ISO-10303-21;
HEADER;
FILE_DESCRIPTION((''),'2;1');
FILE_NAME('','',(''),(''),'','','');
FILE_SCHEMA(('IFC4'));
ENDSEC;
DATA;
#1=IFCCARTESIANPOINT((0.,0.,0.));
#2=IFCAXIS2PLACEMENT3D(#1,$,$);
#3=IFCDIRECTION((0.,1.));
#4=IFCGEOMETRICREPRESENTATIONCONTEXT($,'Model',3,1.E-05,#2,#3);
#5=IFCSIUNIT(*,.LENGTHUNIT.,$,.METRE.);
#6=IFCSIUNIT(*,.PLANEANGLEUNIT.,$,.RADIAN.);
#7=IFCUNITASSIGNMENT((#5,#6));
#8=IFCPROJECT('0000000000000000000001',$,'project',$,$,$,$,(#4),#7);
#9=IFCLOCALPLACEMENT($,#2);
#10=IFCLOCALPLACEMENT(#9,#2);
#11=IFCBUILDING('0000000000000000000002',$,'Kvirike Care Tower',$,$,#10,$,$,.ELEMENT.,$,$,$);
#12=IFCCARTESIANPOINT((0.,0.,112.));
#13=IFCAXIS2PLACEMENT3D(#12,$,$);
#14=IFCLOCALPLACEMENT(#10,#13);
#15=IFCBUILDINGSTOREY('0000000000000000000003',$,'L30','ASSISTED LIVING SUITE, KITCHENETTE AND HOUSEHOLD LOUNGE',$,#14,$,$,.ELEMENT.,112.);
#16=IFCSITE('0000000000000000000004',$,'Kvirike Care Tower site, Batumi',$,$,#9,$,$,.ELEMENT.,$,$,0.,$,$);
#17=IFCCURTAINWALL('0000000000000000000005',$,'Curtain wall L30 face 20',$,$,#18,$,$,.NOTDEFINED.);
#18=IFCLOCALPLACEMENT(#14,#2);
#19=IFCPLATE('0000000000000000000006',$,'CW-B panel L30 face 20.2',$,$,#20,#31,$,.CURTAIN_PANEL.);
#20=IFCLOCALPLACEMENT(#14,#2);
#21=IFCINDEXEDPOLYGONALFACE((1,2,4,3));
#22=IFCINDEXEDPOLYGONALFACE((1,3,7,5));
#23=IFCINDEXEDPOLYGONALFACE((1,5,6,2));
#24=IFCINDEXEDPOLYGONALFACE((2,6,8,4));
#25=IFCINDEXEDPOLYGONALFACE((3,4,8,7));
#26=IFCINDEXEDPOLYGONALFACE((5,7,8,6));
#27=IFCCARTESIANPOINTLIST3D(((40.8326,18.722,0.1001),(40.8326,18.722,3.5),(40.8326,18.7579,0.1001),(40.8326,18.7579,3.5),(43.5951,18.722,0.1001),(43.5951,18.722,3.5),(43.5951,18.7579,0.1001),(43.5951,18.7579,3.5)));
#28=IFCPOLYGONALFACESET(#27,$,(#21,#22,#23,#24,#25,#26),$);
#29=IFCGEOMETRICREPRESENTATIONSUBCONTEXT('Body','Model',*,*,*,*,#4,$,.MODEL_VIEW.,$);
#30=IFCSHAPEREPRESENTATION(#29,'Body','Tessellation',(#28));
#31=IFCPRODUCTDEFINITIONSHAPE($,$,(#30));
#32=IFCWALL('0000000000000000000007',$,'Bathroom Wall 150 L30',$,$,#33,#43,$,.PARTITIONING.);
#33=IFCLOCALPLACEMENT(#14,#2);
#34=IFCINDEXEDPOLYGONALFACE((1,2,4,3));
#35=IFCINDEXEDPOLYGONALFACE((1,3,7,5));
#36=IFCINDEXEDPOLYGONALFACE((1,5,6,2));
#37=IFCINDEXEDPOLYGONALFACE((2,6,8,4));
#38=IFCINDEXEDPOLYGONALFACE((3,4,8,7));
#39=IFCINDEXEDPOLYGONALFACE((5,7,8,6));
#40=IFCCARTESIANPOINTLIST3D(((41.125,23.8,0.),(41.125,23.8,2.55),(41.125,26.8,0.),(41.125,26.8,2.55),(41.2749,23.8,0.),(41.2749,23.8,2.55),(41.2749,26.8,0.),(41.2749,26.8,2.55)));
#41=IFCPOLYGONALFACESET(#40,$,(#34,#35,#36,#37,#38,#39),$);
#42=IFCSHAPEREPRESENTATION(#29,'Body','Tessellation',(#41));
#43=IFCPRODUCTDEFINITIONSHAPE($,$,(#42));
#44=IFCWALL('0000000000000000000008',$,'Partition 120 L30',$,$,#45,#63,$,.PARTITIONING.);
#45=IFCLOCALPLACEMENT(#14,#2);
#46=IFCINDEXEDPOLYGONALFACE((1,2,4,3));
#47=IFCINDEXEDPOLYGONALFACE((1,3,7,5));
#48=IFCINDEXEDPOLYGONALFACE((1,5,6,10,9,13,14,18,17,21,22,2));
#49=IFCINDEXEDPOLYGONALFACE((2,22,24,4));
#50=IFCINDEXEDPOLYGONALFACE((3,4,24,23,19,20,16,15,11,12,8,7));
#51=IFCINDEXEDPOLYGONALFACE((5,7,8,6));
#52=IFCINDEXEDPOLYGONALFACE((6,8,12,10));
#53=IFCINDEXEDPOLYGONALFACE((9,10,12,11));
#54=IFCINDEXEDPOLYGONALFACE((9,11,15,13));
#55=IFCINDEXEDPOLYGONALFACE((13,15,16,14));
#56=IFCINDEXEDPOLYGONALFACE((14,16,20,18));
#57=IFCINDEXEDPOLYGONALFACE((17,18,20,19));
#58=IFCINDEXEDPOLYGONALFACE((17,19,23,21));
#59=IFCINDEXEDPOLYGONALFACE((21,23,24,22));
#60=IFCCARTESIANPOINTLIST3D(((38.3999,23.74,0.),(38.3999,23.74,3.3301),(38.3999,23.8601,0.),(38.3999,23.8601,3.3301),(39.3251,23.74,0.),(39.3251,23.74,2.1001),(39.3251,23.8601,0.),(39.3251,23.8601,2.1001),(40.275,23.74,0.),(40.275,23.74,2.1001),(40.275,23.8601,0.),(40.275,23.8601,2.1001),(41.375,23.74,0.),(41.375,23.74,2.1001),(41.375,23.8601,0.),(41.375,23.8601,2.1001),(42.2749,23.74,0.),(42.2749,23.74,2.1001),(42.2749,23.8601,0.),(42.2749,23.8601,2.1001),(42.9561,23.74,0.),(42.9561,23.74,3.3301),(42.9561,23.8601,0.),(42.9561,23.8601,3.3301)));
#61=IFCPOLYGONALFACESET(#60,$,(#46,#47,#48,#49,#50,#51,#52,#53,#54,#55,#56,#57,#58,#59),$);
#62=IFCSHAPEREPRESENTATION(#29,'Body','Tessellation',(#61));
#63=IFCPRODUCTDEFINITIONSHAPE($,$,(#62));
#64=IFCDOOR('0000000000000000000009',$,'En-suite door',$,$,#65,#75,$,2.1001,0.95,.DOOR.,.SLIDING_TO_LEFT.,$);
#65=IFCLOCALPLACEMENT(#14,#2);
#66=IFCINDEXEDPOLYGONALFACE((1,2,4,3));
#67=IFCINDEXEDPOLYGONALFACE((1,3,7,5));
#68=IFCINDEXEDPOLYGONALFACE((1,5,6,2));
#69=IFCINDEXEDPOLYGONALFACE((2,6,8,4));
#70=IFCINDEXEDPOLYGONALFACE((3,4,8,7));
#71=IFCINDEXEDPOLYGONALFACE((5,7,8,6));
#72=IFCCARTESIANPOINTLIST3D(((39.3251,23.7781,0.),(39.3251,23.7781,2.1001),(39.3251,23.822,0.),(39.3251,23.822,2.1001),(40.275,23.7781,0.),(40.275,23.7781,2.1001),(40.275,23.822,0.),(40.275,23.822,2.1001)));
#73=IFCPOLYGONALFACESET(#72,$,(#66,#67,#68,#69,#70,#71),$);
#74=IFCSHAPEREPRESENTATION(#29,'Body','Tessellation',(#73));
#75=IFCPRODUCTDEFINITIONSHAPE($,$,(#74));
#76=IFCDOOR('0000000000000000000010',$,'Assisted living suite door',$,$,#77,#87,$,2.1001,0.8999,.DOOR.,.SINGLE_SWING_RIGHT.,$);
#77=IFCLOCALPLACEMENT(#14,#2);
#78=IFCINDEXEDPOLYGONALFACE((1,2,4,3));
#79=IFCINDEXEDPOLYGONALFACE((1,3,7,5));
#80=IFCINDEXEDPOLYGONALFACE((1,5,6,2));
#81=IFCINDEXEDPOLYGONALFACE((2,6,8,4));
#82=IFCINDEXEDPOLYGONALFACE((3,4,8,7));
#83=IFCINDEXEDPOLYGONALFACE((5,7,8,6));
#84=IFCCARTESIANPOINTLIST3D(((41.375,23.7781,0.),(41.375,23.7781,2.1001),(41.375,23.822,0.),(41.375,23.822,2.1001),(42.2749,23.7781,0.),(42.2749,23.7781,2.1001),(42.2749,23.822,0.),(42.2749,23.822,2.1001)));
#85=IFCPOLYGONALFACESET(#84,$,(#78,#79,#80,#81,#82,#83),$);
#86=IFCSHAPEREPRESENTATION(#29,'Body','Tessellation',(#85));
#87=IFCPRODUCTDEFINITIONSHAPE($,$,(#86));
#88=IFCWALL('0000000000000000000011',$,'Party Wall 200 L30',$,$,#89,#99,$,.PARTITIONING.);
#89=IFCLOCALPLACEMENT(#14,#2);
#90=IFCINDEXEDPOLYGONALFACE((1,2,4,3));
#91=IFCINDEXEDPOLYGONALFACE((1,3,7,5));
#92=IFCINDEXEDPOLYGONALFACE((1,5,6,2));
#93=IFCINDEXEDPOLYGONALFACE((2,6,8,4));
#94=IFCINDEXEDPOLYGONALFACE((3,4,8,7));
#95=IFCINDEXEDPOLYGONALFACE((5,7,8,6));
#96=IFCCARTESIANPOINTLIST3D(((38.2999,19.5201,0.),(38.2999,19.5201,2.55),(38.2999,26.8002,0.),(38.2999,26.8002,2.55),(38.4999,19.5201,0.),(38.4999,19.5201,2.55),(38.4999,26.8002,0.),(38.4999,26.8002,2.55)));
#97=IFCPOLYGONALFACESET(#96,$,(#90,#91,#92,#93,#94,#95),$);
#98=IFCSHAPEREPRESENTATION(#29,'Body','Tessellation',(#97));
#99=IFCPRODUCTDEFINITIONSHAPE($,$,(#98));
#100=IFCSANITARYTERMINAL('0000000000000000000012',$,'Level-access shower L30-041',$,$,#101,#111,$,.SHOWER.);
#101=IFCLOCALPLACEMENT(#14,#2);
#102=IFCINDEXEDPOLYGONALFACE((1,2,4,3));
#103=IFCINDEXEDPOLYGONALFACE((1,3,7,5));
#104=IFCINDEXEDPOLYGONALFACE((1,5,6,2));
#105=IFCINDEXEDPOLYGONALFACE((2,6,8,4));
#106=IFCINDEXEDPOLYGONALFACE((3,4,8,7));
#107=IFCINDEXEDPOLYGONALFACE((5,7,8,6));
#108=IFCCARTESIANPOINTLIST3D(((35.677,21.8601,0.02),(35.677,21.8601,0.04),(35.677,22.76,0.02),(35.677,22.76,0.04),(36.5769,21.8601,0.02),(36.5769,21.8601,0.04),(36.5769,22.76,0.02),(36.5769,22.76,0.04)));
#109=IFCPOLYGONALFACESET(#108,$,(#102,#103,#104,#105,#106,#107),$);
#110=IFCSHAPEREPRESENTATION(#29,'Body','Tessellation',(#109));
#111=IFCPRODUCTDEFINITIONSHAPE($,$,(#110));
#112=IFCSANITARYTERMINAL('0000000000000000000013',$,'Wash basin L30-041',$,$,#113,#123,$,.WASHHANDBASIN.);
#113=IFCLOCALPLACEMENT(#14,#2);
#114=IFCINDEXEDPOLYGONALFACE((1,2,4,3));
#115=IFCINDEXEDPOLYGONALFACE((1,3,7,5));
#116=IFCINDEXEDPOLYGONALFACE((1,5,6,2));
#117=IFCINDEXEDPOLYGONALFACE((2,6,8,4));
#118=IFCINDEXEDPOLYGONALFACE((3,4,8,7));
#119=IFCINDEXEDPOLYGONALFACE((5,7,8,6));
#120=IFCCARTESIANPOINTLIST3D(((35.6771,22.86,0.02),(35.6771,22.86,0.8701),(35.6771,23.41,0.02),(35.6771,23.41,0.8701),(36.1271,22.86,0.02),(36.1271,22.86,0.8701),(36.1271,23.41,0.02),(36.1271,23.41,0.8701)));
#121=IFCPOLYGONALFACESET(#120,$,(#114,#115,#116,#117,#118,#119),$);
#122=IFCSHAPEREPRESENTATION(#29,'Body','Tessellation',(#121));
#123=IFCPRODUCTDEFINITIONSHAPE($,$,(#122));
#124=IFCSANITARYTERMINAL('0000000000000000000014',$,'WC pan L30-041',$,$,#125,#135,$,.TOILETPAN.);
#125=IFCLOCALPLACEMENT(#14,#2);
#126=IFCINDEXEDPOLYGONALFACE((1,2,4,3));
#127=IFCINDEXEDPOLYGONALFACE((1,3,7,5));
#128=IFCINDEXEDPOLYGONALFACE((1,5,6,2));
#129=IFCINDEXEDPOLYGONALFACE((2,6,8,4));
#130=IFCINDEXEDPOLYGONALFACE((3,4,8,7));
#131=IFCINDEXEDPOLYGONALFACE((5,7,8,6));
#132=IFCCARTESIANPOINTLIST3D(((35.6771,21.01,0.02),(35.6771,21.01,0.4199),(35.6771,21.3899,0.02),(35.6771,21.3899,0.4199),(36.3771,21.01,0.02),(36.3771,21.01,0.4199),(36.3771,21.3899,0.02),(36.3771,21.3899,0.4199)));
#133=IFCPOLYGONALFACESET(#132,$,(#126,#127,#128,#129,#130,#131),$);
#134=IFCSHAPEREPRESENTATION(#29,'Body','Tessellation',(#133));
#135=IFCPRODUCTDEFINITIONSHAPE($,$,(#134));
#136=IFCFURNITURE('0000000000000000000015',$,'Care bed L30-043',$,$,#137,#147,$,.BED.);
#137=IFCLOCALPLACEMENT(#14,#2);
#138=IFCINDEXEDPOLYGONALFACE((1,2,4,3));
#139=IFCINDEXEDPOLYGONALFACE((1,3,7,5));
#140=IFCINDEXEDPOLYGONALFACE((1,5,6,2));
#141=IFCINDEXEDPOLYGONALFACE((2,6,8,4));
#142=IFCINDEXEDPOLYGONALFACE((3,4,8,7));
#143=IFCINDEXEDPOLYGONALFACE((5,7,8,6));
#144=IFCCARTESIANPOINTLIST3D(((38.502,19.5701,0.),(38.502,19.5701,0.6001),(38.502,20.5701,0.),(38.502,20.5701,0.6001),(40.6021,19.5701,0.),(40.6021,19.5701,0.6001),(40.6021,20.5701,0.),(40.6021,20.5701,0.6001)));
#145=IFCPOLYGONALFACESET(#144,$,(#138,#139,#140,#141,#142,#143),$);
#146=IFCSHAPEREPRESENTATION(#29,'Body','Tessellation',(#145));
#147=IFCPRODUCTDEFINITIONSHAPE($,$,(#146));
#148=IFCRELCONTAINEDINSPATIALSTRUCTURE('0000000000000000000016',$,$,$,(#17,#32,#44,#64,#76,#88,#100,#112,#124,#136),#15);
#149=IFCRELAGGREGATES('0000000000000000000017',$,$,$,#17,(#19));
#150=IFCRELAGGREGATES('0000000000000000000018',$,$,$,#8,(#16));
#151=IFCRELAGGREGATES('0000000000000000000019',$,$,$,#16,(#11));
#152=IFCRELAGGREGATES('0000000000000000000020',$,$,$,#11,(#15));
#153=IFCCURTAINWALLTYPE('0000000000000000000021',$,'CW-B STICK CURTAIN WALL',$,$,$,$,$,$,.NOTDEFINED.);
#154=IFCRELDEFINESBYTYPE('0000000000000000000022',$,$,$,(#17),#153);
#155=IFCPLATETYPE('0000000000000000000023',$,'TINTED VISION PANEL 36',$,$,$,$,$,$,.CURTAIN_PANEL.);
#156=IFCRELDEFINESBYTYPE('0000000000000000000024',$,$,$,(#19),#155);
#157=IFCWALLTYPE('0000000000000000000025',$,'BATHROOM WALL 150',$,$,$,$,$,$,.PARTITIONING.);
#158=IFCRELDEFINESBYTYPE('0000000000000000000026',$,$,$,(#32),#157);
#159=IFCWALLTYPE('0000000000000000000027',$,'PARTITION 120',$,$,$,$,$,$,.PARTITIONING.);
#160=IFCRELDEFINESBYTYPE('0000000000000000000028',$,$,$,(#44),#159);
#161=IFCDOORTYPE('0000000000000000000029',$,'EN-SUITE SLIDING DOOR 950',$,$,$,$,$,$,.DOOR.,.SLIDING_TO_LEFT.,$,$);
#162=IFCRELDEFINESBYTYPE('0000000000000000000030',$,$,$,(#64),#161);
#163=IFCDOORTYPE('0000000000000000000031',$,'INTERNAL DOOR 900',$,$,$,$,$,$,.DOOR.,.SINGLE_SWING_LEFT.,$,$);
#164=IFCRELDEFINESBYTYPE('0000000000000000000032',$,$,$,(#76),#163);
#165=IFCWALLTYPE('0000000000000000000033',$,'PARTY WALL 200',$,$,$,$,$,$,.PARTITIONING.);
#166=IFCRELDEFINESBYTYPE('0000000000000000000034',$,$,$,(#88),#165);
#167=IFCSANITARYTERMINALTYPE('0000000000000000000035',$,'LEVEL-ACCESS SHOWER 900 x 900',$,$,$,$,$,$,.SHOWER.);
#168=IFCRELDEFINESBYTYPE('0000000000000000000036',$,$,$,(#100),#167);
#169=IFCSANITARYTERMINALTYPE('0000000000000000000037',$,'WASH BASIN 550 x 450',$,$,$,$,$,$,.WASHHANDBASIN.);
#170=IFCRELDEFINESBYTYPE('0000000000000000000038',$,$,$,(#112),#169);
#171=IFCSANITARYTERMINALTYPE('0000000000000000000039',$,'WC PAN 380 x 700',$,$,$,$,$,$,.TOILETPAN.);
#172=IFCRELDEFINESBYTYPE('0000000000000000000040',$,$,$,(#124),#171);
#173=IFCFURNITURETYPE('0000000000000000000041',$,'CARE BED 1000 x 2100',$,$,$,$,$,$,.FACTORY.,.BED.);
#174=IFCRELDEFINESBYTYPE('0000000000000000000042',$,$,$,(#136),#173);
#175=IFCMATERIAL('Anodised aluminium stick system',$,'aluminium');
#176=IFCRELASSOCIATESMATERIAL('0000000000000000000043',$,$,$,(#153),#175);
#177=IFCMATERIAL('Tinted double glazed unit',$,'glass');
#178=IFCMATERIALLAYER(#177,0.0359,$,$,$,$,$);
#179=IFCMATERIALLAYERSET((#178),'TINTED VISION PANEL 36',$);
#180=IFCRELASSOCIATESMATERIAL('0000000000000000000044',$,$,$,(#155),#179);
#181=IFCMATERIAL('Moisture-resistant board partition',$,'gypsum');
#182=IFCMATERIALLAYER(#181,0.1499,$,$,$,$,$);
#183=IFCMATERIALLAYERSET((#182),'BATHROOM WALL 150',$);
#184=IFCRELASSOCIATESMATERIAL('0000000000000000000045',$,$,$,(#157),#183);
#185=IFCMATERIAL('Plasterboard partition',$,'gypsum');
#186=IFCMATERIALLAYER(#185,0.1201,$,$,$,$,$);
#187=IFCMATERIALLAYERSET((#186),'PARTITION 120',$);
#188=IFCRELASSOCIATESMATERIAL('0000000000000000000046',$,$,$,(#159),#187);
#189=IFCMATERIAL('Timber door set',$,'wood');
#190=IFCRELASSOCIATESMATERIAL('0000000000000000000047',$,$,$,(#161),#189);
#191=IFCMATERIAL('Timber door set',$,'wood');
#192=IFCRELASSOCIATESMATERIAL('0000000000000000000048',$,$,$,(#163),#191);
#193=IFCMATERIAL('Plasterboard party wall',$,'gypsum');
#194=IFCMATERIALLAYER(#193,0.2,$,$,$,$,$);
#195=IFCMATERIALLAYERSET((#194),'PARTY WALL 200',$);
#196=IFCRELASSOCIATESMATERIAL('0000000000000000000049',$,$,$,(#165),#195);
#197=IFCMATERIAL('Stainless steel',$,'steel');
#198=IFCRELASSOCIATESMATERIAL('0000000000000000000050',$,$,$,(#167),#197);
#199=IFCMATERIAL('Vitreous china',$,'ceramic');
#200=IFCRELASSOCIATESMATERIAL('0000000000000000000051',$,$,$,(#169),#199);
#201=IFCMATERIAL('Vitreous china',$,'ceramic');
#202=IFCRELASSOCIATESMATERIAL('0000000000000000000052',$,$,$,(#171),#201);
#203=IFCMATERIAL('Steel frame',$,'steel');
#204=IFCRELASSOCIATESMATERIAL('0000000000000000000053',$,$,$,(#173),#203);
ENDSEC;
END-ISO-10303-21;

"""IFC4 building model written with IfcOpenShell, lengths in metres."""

from ifc_helpers import new_model, si_unit, direction, frame, frame_2d, origin, origin_2d, place, context, subcontext, project, spatial, rectangle, extrude, material, layer, layer_set, type_object, element, fill, aggregate, save


model = new_model("IFC4")

# Units and contexts
model_context = context("Model", 3, precision=1e-05, world=origin(), true_north=direction((0.0, 1.0)))
body_context = subcontext(model_context, "Body", "Model", "MODEL_VIEW")
ifc_project = project(units=[si_unit("LENGTHUNIT", "METRE"), si_unit("PLANEANGLEUNIT", "RADIAN")], contexts=[model_context])

# Site, building, storey
site_placement = place(None, origin())
site = spatial("IfcSite", under=ifc_project, at=site_placement, Name="Kvirike Care Tower site, Batumi", CompositionType="ELEMENT", RefElevation=0.0)
building_placement = place(site_placement, origin())
building = spatial("IfcBuilding", under=site, at=building_placement, Name="Kvirike Care Tower", CompositionType="ELEMENT")
storey_placement = place(building_placement, frame((0.0, 0.0, 112.0)))
storey = spatial("IfcBuildingStorey", under=building, at=storey_placement, Name="L30", Description="ASSISTED LIVING SUITE, KITCHENETTE AND HOUSEHOLD LOUNGE", CompositionType="ELEMENT", Elevation=112.0)

# Shared definitions
ifc_material_1 = material(Name="Anodised aluminium stick system", Category="aluminium")
curtain_wall_type = type_object("IfcCurtainWallType", Name="CW-B STICK CURTAIN WALL", PredefinedType="NOTDEFINED", material=ifc_material_1)

# Curtain wall
curtain_wall_1_placement = place(storey_placement, origin())
curtain_wall_1 = element("IfcCurtainWall", 1, at=curtain_wall_1_placement, inside=storey, type_object=curtain_wall_type, Name="Curtain wall L30 face 20", PredefinedType="NOTDEFINED")

# Plate
ifc_material_2 = material(Name="Tinted double glazed unit", Category="glass")
ifc_layer_1 = layer(ifc_material_2, 0.0359)
ifc_layer_set_1 = layer_set([ifc_layer_1], Name="TINTED VISION PANEL 36")
plate_type = type_object("IfcPlateType", Name="TINTED VISION PANEL 36", PredefinedType="CURTAIN_PANEL", material=ifc_layer_set_1)
plate_1_placement = place(storey_placement, frame((42.2139, 18.74, 0.1001), z_axis=(0.0, 0.0, 1.0), x_axis=(1.0, 0.0, 0.0)))
plate_1 = element("IfcPlate", 2, at=plate_1_placement, type_object=plate_type, Name="CW-B panel L30 face 20.2", PredefinedType="CURTAIN_PANEL", context=body_context, shape_type="SweptSolid", body=[
    extrude(rectangle(XDim=2.7625, YDim=0.0359, at=origin_2d()), origin(), (0.0, 0.0, 1.0), 3.3999),
])
aggregate(curtain_wall_1, [plate_1])

# Wall
ifc_material_3 = material(Name="Moisture-resistant board partition", Category="gypsum")
ifc_layer_2 = layer(ifc_material_3, 0.1499)
ifc_layer_set_2 = layer_set([ifc_layer_2], Name="BATHROOM WALL 150")
wall_type_1 = type_object("IfcWallType", Name="BATHROOM WALL 150", PredefinedType="PARTITIONING", material=ifc_layer_set_2)
wall_1_placement = place(storey_placement, frame((41.2, 23.8, 0.0), z_axis=(0.0, 0.0, 1.0), x_axis=(0.0, 1.0, 0.0)))
element("IfcWall", 3, at=wall_1_placement, inside=storey, type_object=wall_type_1, Name="Bathroom Wall 150 L30", PredefinedType="PARTITIONING", context=body_context, shape_type="SweptSolid", body=[
    extrude(rectangle(XDim=3.0, YDim=0.1499, at=frame_2d((1.5, 0.0))), origin(), (0.0, 0.0, 1.0), 2.55),
])

# Wall, openings, doors
ifc_material_4 = material(Name="Plasterboard partition", Category="gypsum")
ifc_layer_3 = layer(ifc_material_4, 0.1201)
ifc_layer_set_3 = layer_set([ifc_layer_3], Name="PARTITION 120")
wall_type_2 = type_object("IfcWallType", Name="PARTITION 120", PredefinedType="PARTITIONING", material=ifc_layer_set_3)
wall_2_placement = place(storey_placement, frame((38.3999, 23.8, 0.0), z_axis=(0.0, 0.0, 1.0), x_axis=(1.0, 0.0, 0.0)))
wall_2 = element("IfcWall", 4, at=wall_2_placement, inside=storey, type_object=wall_type_2, Name="Partition 120 L30", PredefinedType="PARTITIONING", context=body_context, shape_type="SweptSolid", body=[
    extrude(rectangle(XDim=4.5562, YDim=0.1201, at=frame_2d((2.2781, 0.0))), origin(), (0.0, 0.0, 1.0), 3.3301),
])
opening_1_placement = place(wall_2_placement, frame((2.9751, 0.0, 0.0)))
opening_1 = element("IfcOpeningElement", 5, at=opening_1_placement, cuts=wall_2, PredefinedType="OPENING", context=body_context, shape_type="SweptSolid", body=[
    extrude(rectangle(XDim=0.8999, YDim=2.1001, at=frame_2d((0.45, 1.05))), frame((0.0, 0.0706, 0.0), z_axis=(0.0, -1.0, 0.0), x_axis=(1.0, 0.0, 0.0)), (0.0, 0.0, 1.0), 0.1411),
])
opening_2_placement = place(wall_2_placement, frame((0.925, 0.0, 0.0)))
opening_2 = element("IfcOpeningElement", 6, at=opening_2_placement, cuts=wall_2, PredefinedType="OPENING", context=body_context, shape_type="SweptSolid", body=[
    extrude(rectangle(XDim=0.95, YDim=2.1001, at=frame_2d((0.4751, 1.05))), frame((0.0, 0.0706, 0.0), z_axis=(0.0, -1.0, 0.0), x_axis=(1.0, 0.0, 0.0)), (0.0, 0.0, 1.0), 0.1411),
])
ifc_material_5 = material(Name="Timber door set", Category="wood")
door_type_1 = type_object("IfcDoorType", Name="EN-SUITE SLIDING DOOR 950", OperationType="SLIDING_TO_LEFT", PredefinedType="DOOR", material=ifc_material_5)
door_1_placement = place(opening_2_placement, origin())
door_1 = element("IfcDoor", 7, at=door_1_placement, inside=storey, type_object=door_type_1, Name="En-suite door", OperationType="SLIDING_TO_LEFT", OverallHeight=2.1001, OverallWidth=0.95, PredefinedType="DOOR", context=body_context, shape_type="SweptSolid", body=[
    extrude(rectangle(XDim=0.95, YDim=2.1001, at=frame_2d((0.4751, 1.05))), frame((0.0, 0.022, 0.0), z_axis=(0.0, -1.0, 0.0), x_axis=(1.0, 0.0, 0.0)), (0.0, 0.0, 1.0), 0.0439),
])
fill(opening_2, door_1)
ifc_material_6 = material(Name="Timber door set", Category="wood")
door_type_2 = type_object("IfcDoorType", Name="INTERNAL DOOR 900", OperationType="SINGLE_SWING_LEFT", PredefinedType="DOOR", material=ifc_material_6)
door_2_placement = place(opening_1_placement, origin())
door_2 = element("IfcDoor", 8, at=door_2_placement, inside=storey, type_object=door_type_2, Name="Assisted living suite door", OperationType="SINGLE_SWING_RIGHT", OverallHeight=2.1001, OverallWidth=0.8999, PredefinedType="DOOR", context=body_context, shape_type="SweptSolid", body=[
    extrude(rectangle(XDim=0.8999, YDim=2.1001, at=frame_2d((0.45, 1.05))), frame((0.0, 0.022, 0.0), z_axis=(0.0, -1.0, 0.0), x_axis=(1.0, 0.0, 0.0)), (0.0, 0.0, 1.0), 0.0439),
])
fill(opening_1, door_2)

# Wall
ifc_material_7 = material(Name="Plasterboard party wall", Category="gypsum")
ifc_layer_4 = layer(ifc_material_7, 0.2)
ifc_layer_set_4 = layer_set([ifc_layer_4], Name="PARTY WALL 200")
wall_type_3 = type_object("IfcWallType", Name="PARTY WALL 200", PredefinedType="PARTITIONING", material=ifc_layer_set_4)
wall_3_placement = place(storey_placement, frame((38.3999, 19.52, 0.0), z_axis=(0.0, 0.0, 1.0), x_axis=(0.0, 1.0, 0.0)))
element("IfcWall", 9, at=wall_3_placement, inside=storey, type_object=wall_type_3, Name="Party Wall 200 L30", PredefinedType="PARTITIONING", context=body_context, shape_type="SweptSolid", body=[
    extrude(rectangle(XDim=7.28, YDim=0.2, at=frame_2d((3.6401, 0.0))), origin(), (0.0, 0.0, 1.0), 2.55),
])

# Sanitary terminals
ifc_material_8 = material(Name="Stainless steel", Category="steel")
sanitary_terminal_type_1 = type_object("IfcSanitaryTerminalType", Name="LEVEL-ACCESS SHOWER 900 x 900", PredefinedType="SHOWER", material=ifc_material_8)
sanitary_terminal_1_placement = place(storey_placement, frame((36.127, 22.3101, 0.02), z_axis=(0.0, 0.0, 1.0), x_axis=(0.0, 1.0, 0.0)))
element("IfcSanitaryTerminal", 10, at=sanitary_terminal_1_placement, inside=storey, type_object=sanitary_terminal_type_1, Name="Level-access shower L30-041", PredefinedType="SHOWER", context=body_context, shape_type="SweptSolid", body=[
    extrude(rectangle(XDim=0.8999, YDim=0.8999, at=origin_2d()), origin(), (0.0, 0.0, 1.0), 0.02),
])
ifc_material_9 = material(Name="Vitreous china", Category="ceramic")
sanitary_terminal_type_2 = type_object("IfcSanitaryTerminalType", Name="WASH BASIN 550 x 450", PredefinedType="WASHHANDBASIN", material=ifc_material_9)
sanitary_terminal_2_placement = place(storey_placement, frame((35.9021, 23.135, 0.02), z_axis=(0.0, 0.0, 1.0), x_axis=(0.0, 1.0, 0.0)))
element("IfcSanitaryTerminal", 11, at=sanitary_terminal_2_placement, inside=storey, type_object=sanitary_terminal_type_2, Name="Wash basin L30-041", PredefinedType="WASHHANDBASIN", context=body_context, shape_type="SweptSolid", body=[
    extrude(rectangle(XDim=0.55, YDim=0.45, at=origin_2d()), origin(), (0.0, 0.0, 1.0), 0.8501),
])
ifc_material_10 = material(Name="Vitreous china", Category="ceramic")
sanitary_terminal_type_3 = type_object("IfcSanitaryTerminalType", Name="WC PAN 380 x 700", PredefinedType="TOILETPAN", material=ifc_material_10)
sanitary_terminal_3_placement = place(storey_placement, frame((36.0271, 21.2, 0.02), z_axis=(0.0, 0.0, 1.0), x_axis=(0.0, 1.0, 0.0)))
element("IfcSanitaryTerminal", 12, at=sanitary_terminal_3_placement, inside=storey, type_object=sanitary_terminal_type_3, Name="WC pan L30-041", PredefinedType="TOILETPAN", context=body_context, shape_type="SweptSolid", body=[
    extrude(rectangle(XDim=0.3799, YDim=0.7, at=origin_2d()), origin(), (0.0, 0.0, 1.0), 0.3999),
])

# Furniture
ifc_material_11 = material(Name="Steel frame", Category="steel")
furniture_type = type_object("IfcFurnitureType", Name="CARE BED 1000 x 2100", AssemblyPlace="FACTORY", PredefinedType="BED", material=ifc_material_11)
furniture_placement = place(storey_placement, frame((39.552, 20.0701, 0.0), z_axis=(0.0, 0.0, 1.0), x_axis=(0.0, 1.0, 0.0)))
element("IfcFurniture", 13, at=furniture_placement, inside=storey, type_object=furniture_type, Name="Care bed L30-043", PredefinedType="BED", context=body_context, shape_type="SweptSolid", body=[
    extrude(rectangle(XDim=1.0, YDim=2.1001, at=origin_2d()), origin(), (0.0, 0.0, 1.0), 0.6001),
])

save(model, "model.ifc")
